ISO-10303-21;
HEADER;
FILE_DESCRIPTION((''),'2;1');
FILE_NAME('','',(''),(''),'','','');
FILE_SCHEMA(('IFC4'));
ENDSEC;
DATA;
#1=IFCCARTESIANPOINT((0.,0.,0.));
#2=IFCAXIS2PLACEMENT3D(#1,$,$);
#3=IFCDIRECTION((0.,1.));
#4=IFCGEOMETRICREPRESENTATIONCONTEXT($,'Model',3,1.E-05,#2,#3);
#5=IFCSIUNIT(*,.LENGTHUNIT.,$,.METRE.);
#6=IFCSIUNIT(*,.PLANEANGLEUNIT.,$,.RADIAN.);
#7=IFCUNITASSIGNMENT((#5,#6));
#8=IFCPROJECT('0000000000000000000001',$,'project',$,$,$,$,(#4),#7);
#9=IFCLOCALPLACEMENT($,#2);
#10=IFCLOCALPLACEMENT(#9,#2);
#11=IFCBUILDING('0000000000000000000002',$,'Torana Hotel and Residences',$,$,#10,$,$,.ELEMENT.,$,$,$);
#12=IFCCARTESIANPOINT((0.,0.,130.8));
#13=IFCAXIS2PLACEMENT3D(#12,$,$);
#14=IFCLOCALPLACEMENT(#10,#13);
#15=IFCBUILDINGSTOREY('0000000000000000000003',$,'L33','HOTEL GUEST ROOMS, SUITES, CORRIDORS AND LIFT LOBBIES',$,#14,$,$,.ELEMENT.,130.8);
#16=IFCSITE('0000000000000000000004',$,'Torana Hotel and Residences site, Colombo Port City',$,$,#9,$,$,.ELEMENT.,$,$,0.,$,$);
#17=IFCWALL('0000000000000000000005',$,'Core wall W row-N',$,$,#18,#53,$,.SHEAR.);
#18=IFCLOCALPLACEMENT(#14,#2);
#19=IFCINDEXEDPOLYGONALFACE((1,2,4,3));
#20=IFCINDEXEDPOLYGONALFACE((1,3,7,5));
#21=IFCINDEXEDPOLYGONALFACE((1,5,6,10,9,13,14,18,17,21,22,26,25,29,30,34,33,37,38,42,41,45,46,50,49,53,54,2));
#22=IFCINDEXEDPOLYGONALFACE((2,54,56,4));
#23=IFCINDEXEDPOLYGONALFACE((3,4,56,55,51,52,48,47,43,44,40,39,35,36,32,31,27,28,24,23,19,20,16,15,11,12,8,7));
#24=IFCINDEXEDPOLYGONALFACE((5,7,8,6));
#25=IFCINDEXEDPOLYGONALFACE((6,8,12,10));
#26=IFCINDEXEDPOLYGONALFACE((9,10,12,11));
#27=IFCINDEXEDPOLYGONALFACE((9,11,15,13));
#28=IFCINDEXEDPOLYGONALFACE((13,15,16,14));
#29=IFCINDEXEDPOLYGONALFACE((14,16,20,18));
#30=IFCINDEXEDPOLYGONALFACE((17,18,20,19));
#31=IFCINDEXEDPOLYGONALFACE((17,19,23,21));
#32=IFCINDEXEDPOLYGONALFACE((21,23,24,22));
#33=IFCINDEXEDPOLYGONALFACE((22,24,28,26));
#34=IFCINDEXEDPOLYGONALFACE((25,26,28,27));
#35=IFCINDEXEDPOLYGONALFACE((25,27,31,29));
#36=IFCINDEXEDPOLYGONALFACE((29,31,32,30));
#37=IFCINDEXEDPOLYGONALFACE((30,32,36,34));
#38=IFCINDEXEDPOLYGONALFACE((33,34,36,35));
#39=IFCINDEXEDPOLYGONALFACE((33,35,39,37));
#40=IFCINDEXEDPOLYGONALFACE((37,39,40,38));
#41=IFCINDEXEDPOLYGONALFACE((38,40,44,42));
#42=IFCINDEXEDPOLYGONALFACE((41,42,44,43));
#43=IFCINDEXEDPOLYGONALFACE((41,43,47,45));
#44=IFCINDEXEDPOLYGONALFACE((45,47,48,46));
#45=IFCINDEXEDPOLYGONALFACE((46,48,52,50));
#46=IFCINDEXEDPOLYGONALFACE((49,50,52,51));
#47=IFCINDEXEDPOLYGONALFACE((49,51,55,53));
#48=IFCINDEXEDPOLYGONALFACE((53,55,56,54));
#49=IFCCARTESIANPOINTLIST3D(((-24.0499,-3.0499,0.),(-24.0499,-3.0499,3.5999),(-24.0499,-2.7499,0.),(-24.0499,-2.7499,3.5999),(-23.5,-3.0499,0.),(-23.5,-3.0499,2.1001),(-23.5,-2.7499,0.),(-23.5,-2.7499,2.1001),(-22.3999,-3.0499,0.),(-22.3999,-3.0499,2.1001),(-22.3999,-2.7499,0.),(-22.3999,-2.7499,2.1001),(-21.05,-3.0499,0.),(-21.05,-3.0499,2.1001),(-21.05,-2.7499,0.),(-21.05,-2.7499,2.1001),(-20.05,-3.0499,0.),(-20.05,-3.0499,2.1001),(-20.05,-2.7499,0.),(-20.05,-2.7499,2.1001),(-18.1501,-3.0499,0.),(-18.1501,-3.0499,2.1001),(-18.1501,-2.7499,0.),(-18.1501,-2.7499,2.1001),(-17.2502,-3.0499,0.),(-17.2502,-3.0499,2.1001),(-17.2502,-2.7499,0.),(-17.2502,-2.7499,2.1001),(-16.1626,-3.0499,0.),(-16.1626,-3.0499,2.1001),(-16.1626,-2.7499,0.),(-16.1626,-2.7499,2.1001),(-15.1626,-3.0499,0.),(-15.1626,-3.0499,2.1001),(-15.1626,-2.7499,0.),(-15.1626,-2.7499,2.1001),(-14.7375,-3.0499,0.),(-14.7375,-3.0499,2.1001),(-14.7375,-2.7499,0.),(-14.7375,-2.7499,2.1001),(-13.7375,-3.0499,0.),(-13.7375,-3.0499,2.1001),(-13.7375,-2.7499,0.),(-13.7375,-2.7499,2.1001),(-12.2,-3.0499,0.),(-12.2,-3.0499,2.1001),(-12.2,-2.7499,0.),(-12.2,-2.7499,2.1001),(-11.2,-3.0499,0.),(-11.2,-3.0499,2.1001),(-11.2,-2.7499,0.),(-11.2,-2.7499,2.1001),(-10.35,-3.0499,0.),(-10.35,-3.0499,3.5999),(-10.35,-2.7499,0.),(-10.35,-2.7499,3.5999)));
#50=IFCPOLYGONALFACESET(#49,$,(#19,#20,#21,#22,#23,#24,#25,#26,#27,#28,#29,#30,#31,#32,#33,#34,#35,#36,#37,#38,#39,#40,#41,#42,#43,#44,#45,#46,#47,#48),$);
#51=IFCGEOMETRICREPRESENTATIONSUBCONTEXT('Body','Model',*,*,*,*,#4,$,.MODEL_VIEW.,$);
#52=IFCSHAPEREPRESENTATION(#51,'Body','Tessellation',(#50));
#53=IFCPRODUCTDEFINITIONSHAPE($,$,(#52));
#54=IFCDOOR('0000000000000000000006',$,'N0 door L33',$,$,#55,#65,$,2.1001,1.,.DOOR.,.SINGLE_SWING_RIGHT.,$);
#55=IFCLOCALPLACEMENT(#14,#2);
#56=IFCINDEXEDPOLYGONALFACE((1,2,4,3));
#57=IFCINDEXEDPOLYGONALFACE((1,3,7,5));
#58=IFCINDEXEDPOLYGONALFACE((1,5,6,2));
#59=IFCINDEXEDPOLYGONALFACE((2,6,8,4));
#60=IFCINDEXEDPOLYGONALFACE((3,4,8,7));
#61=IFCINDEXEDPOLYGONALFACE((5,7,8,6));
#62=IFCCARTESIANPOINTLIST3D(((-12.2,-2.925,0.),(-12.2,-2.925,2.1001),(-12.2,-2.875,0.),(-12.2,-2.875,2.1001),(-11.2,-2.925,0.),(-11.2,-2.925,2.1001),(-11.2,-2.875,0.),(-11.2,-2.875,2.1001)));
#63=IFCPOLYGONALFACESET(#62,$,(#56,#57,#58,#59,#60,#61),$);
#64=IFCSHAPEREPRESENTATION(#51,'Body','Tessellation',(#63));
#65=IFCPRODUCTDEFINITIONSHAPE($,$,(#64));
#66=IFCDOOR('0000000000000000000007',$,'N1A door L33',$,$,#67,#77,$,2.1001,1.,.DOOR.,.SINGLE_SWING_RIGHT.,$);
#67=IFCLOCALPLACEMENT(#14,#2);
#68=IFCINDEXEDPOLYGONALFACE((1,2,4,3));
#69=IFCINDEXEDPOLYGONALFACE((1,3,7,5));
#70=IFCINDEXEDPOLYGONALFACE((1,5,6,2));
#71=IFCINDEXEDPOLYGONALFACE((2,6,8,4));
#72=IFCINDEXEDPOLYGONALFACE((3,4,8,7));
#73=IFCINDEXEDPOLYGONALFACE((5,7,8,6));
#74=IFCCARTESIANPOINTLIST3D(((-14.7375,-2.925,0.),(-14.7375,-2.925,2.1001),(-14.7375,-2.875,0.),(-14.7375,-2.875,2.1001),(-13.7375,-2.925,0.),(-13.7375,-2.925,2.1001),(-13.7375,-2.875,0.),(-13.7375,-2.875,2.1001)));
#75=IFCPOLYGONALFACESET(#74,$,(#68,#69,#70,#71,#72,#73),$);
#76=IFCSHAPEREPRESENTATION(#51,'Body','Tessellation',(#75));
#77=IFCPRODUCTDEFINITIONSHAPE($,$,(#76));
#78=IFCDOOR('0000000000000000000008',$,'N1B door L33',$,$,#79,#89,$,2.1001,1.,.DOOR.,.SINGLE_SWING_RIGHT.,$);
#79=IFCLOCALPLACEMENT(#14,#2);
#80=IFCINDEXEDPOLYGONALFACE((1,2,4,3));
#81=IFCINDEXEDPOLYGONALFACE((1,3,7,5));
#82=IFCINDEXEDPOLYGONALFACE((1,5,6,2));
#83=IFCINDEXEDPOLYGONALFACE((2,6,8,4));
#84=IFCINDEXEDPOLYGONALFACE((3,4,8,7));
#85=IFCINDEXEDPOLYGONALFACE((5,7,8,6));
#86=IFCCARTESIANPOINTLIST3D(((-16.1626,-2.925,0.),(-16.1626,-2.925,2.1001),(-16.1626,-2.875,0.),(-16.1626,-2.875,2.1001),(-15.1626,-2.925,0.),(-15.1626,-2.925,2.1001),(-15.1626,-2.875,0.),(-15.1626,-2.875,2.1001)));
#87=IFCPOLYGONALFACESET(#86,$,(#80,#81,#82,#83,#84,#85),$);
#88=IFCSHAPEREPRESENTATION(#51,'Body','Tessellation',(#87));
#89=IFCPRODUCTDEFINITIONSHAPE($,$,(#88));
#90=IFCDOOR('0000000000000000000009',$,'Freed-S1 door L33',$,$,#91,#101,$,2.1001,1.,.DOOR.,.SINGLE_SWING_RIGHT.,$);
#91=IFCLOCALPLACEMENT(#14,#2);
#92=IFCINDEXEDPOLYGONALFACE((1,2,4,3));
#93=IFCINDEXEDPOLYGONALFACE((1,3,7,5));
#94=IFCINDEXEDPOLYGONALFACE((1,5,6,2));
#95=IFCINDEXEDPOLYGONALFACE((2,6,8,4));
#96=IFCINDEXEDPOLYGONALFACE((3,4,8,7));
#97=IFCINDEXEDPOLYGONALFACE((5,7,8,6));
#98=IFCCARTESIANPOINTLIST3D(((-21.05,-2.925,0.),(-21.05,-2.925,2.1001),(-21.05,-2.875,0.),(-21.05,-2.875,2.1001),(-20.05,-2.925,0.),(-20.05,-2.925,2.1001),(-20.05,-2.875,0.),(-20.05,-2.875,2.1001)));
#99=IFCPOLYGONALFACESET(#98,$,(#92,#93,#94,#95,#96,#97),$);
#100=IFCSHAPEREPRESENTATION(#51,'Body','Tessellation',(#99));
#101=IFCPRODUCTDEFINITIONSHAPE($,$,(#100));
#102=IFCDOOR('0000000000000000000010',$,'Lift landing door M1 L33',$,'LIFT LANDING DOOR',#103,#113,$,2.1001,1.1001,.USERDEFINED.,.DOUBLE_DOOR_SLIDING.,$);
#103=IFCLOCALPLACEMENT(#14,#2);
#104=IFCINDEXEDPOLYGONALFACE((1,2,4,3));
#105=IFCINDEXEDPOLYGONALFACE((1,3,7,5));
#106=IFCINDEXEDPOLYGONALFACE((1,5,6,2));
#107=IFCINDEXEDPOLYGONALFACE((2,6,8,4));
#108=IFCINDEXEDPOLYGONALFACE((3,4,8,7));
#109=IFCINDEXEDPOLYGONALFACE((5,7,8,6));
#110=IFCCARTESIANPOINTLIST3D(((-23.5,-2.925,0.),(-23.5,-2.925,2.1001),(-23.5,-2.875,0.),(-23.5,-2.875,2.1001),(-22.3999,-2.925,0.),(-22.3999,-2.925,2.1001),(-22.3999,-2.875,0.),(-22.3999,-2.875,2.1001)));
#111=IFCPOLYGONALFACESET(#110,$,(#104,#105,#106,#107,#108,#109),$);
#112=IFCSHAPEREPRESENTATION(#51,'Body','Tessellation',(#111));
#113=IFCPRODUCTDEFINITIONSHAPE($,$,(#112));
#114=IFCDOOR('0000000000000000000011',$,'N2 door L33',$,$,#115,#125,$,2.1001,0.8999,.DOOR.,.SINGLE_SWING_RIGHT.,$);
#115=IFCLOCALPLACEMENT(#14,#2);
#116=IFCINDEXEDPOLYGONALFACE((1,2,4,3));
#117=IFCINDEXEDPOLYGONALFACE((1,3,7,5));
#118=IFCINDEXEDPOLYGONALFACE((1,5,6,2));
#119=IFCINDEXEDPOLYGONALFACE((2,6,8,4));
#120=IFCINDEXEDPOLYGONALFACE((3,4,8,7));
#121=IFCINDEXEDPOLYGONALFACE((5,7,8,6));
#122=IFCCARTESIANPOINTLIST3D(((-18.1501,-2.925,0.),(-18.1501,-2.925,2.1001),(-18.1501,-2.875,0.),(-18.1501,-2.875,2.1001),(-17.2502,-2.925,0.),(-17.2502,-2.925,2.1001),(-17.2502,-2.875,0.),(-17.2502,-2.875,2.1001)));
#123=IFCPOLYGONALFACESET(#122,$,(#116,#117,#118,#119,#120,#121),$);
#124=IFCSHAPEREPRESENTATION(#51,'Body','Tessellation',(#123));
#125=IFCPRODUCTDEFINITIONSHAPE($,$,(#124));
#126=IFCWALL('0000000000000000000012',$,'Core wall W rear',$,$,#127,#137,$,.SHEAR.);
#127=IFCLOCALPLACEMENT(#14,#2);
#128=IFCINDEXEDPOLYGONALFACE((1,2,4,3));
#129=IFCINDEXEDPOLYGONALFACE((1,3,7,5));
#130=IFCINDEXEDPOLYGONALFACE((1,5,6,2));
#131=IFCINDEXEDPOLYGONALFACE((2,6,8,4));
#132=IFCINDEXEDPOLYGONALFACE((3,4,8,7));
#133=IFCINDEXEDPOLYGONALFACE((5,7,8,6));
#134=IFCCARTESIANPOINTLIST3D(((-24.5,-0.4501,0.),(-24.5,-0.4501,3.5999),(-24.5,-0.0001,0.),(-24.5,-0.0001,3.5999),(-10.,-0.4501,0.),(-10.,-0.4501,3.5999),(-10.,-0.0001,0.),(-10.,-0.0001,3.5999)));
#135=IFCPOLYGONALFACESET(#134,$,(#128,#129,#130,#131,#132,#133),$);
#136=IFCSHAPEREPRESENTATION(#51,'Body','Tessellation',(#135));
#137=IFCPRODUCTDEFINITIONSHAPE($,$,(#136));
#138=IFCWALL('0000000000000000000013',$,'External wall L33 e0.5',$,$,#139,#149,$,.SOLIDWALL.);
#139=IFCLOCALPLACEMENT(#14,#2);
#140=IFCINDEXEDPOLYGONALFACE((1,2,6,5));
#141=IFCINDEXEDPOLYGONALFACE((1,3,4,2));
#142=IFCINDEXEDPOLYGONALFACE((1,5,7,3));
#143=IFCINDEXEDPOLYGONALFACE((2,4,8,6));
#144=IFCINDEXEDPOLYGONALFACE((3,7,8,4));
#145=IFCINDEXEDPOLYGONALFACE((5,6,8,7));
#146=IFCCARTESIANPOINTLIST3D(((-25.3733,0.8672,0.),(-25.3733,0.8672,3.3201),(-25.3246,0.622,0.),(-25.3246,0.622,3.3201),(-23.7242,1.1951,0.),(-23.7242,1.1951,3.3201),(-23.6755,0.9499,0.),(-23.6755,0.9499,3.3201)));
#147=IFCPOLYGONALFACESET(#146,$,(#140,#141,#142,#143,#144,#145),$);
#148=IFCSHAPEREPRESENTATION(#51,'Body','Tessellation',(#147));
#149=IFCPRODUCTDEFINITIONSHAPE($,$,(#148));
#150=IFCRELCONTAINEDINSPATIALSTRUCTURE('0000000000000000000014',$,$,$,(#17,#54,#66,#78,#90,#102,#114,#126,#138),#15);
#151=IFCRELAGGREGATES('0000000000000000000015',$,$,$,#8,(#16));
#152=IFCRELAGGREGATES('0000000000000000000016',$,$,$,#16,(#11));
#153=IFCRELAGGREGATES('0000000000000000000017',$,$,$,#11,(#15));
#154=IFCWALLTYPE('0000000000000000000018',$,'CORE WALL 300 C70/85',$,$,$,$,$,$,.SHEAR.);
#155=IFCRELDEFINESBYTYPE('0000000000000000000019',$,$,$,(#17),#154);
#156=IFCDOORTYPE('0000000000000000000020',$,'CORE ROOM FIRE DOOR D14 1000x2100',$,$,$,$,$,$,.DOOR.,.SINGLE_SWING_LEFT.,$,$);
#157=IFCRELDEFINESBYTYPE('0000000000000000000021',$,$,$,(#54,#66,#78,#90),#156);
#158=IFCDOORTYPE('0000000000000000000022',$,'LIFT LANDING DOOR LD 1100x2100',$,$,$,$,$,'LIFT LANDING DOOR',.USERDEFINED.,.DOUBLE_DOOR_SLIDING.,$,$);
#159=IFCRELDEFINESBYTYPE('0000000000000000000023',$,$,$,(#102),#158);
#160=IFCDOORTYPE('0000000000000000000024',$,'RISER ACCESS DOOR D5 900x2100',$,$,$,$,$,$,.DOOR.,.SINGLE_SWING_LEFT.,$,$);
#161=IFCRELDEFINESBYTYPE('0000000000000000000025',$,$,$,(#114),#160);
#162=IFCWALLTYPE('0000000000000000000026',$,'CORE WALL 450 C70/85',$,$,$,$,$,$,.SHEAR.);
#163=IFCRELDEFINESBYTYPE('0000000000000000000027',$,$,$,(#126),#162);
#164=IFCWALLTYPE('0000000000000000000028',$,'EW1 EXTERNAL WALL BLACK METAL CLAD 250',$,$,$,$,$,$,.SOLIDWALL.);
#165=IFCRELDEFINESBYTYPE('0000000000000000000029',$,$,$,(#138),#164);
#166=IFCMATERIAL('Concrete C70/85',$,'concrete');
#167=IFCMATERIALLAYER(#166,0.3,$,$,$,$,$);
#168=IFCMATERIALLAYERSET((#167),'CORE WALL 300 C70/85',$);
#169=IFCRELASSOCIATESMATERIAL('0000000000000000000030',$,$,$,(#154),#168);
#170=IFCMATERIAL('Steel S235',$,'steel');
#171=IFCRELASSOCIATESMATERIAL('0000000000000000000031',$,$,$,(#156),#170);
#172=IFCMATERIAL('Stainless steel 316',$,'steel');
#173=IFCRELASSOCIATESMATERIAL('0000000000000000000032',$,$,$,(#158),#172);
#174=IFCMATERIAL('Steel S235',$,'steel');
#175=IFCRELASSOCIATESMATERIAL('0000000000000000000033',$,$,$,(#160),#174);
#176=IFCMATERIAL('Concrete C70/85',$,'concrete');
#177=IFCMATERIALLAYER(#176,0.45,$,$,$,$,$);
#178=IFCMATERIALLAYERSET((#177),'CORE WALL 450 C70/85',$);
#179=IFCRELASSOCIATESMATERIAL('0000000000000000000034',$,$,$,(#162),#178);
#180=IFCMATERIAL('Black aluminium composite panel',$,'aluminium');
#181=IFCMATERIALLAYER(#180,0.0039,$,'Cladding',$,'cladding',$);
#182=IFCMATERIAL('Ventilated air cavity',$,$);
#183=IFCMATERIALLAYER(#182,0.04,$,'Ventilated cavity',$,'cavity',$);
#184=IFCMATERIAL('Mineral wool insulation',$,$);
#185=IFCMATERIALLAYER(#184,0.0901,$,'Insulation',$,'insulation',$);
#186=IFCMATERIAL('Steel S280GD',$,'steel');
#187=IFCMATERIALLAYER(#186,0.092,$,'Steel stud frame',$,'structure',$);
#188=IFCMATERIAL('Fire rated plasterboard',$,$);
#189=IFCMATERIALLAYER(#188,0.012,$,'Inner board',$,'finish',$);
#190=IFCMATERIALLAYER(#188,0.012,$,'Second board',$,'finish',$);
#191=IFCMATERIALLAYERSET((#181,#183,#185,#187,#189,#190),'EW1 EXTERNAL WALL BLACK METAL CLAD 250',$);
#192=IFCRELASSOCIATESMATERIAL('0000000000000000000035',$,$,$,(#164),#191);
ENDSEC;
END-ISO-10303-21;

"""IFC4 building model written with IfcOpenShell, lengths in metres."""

from ifc_helpers import new_model, si_unit, direction, frame, frame_2d, origin, place, context, subcontext, project, spatial, rectangle, extrude, material, layer, layer_set, type_object, element, fill, save


model = new_model("IFC4")

# Units and contexts
model_context = context("Model", 3, precision=1e-05, world=origin(), true_north=direction((0.0, 1.0)))
body_context = subcontext(model_context, "Body", "Model", "MODEL_VIEW")
ifc_project = project(units=[si_unit("LENGTHUNIT", "METRE"), si_unit("PLANEANGLEUNIT", "RADIAN")], contexts=[model_context])

# Site, building, storey
site_placement = place(None, origin())
site = spatial("IfcSite", under=ifc_project, at=site_placement, Name="Torana Hotel and Residences site, Colombo Port City", CompositionType="ELEMENT", RefElevation=0.0)
building_placement = place(site_placement, origin())
building = spatial("IfcBuilding", under=site, at=building_placement, Name="Torana Hotel and Residences", CompositionType="ELEMENT")
storey_placement = place(building_placement, frame((0.0, 0.0, 130.8)))
storey = spatial("IfcBuildingStorey", under=building, at=storey_placement, Name="L33", Description="HOTEL GUEST ROOMS, SUITES, CORRIDORS AND LIFT LOBBIES", CompositionType="ELEMENT", Elevation=130.8)

# Wall, openings, doors
ifc_material_1 = material(Name="Concrete C70/85", Category="concrete")
ifc_layer_1 = layer(ifc_material_1, 0.3)
ifc_layer_set_1 = layer_set([ifc_layer_1], Name="CORE WALL 300 C70/85")
wall_type_1 = type_object("IfcWallType", Name="CORE WALL 300 C70/85", PredefinedType="SHEAR", material=ifc_layer_set_1)
wall_1_placement = place(storey_placement, frame((-24.05, -2.8999, 0.0), z_axis=(0.0, 0.0, 1.0), x_axis=(1.0, 0.0, 0.0)))
wall_1 = element("IfcWall", 1, at=wall_1_placement, inside=storey, type_object=wall_type_1, Name="Core wall W row-N", PredefinedType="SHEAR", context=body_context, shape_type="SweptSolid", body=[
    extrude(rectangle(XDim=13.7, YDim=0.3, at=frame_2d((6.8501, 0.0))), origin(), (0.0, 0.0, 1.0), 3.5999),
])
opening_1_placement = place(wall_1_placement, frame((0.55, 0.0, 0.0)))
opening_1 = element("IfcOpeningElement", 2, at=opening_1_placement, cuts=wall_1, PredefinedType="OPENING", context=body_context, shape_type="SweptSolid", body=[
    extrude(rectangle(XDim=1.1001, YDim=2.1001, at=frame_2d((0.55, 1.05))), frame((0.0, 0.1599, 0.0), z_axis=(0.0, -1.0, 0.0), x_axis=(1.0, 0.0, 0.0)), (0.0, 0.0, 1.0), 0.3201),
])
opening_2_placement = place(wall_1_placement, frame((5.8999, 0.0, 0.0)))
opening_2 = element("IfcOpeningElement", 3, at=opening_2_placement, cuts=wall_1, PredefinedType="OPENING", context=body_context, shape_type="SweptSolid", body=[
    extrude(rectangle(XDim=0.8999, YDim=2.1001, at=frame_2d((0.45, 1.05))), frame((0.0, 0.1599, 0.0), z_axis=(0.0, -1.0, 0.0), x_axis=(1.0, 0.0, 0.0)), (0.0, 0.0, 1.0), 0.3201),
])
opening_3_placement = place(wall_1_placement, frame((11.8501, 0.0, 0.0)))
opening_3 = element("IfcOpeningElement", 4, at=opening_3_placement, cuts=wall_1, PredefinedType="OPENING", context=body_context, shape_type="SweptSolid", body=[
    extrude(rectangle(XDim=1.0, YDim=2.1001, at=frame_2d((0.5, 1.05))), frame((0.0, 0.1599, 0.0), z_axis=(0.0, -1.0, 0.0), x_axis=(1.0, 0.0, 0.0)), (0.0, 0.0, 1.0), 0.3201),
])
opening_4_placement = place(wall_1_placement, frame((9.3125, 0.0, 0.0)))
opening_4 = element("IfcOpeningElement", 5, at=opening_4_placement, cuts=wall_1, PredefinedType="OPENING", context=body_context, shape_type="SweptSolid", body=[
    extrude(rectangle(XDim=1.0, YDim=2.1001, at=frame_2d((0.5, 1.05))), frame((0.0, 0.1599, 0.0), z_axis=(0.0, -1.0, 0.0), x_axis=(1.0, 0.0, 0.0)), (0.0, 0.0, 1.0), 0.3201),
])
opening_5_placement = place(wall_1_placement, frame((7.8875, 0.0, 0.0)))
opening_5 = element("IfcOpeningElement", 6, at=opening_5_placement, cuts=wall_1, PredefinedType="OPENING", context=body_context, shape_type="SweptSolid", body=[
    extrude(rectangle(XDim=1.0, YDim=2.1001, at=frame_2d((0.5, 1.05))), frame((0.0, 0.1599, 0.0), z_axis=(0.0, -1.0, 0.0), x_axis=(1.0, 0.0, 0.0)), (0.0, 0.0, 1.0), 0.3201),
])
opening_6_placement = place(wall_1_placement, frame((3.0, 0.0, 0.0)))
opening_6 = element("IfcOpeningElement", 7, at=opening_6_placement, cuts=wall_1, PredefinedType="OPENING", context=body_context, shape_type="SweptSolid", body=[
    extrude(rectangle(XDim=1.0, YDim=2.1001, at=frame_2d((0.5, 1.05))), frame((0.0, 0.1599, 0.0), z_axis=(0.0, -1.0, 0.0), x_axis=(1.0, 0.0, 0.0)), (0.0, 0.0, 1.0), 0.3201),
])
ifc_material_2 = material(Name="Steel S235", Category="steel")
door_type_1 = type_object("IfcDoorType", Name="CORE ROOM FIRE DOOR D14 1000x2100", OperationType="SINGLE_SWING_LEFT", PredefinedType="DOOR", material=ifc_material_2)
door_1_placement = place(opening_3_placement, origin())
door_1 = element("IfcDoor", 8, at=door_1_placement, inside=storey, type_object=door_type_1, Name="N0 door L33", OperationType="SINGLE_SWING_RIGHT", OverallHeight=2.1001, OverallWidth=1.0, PredefinedType="DOOR", context=body_context, shape_type="SweptSolid", body=[
    extrude(rectangle(XDim=1.0, YDim=2.1001, at=frame_2d((0.5, 1.05))), frame((0.0, 0.0249, 0.0), z_axis=(0.0, -1.0, 0.0), x_axis=(1.0, 0.0, 0.0)), (0.0, 0.0, 1.0), 0.05),
])
fill(opening_3, door_1)
door_2_placement = place(opening_4_placement, origin())
door_2 = element("IfcDoor", 9, at=door_2_placement, inside=storey, type_object=door_type_1, Name="N1A door L33", OperationType="SINGLE_SWING_RIGHT", OverallHeight=2.1001, OverallWidth=1.0, PredefinedType="DOOR", context=body_context, shape_type="SweptSolid", body=[
    extrude(rectangle(XDim=1.0, YDim=2.1001, at=frame_2d((0.5, 1.05))), frame((0.0, 0.0249, 0.0), z_axis=(0.0, -1.0, 0.0), x_axis=(1.0, 0.0, 0.0)), (0.0, 0.0, 1.0), 0.05),
])
fill(opening_4, door_2)
door_3_placement = place(opening_5_placement, origin())
door_3 = element("IfcDoor", 10, at=door_3_placement, inside=storey, type_object=door_type_1, Name="N1B door L33", OperationType="SINGLE_SWING_RIGHT", OverallHeight=2.1001, OverallWidth=1.0, PredefinedType="DOOR", context=body_context, shape_type="SweptSolid", body=[
    extrude(rectangle(XDim=1.0, YDim=2.1001, at=frame_2d((0.5, 1.05))), frame((0.0, 0.0249, 0.0), z_axis=(0.0, -1.0, 0.0), x_axis=(1.0, 0.0, 0.0)), (0.0, 0.0, 1.0), 0.05),
])
fill(opening_5, door_3)
door_4_placement = place(opening_6_placement, origin())
door_4 = element("IfcDoor", 11, at=door_4_placement, inside=storey, type_object=door_type_1, Name="Freed-S1 door L33", OperationType="SINGLE_SWING_RIGHT", OverallHeight=2.1001, OverallWidth=1.0, PredefinedType="DOOR", context=body_context, shape_type="SweptSolid", body=[
    extrude(rectangle(XDim=1.0, YDim=2.1001, at=frame_2d((0.5, 1.05))), frame((0.0, 0.0249, 0.0), z_axis=(0.0, -1.0, 0.0), x_axis=(1.0, 0.0, 0.0)), (0.0, 0.0, 1.0), 0.05),
])
fill(opening_6, door_4)
ifc_material_3 = material(Name="Stainless steel 316", Category="steel")
door_type_2 = type_object("IfcDoorType", Name="LIFT LANDING DOOR LD 1100x2100", ElementType="LIFT LANDING DOOR", OperationType="DOUBLE_DOOR_SLIDING", PredefinedType="USERDEFINED", material=ifc_material_3)
door_5_placement = place(opening_1_placement, origin())
door_5 = element("IfcDoor", 12, at=door_5_placement, inside=storey, type_object=door_type_2, Name="Lift landing door M1 L33", ObjectType="LIFT LANDING DOOR", OperationType="DOUBLE_DOOR_SLIDING", OverallHeight=2.1001, OverallWidth=1.1001, PredefinedType="USERDEFINED", context=body_context, shape_type="SweptSolid", body=[
    extrude(rectangle(XDim=1.1001, YDim=2.1001, at=frame_2d((0.55, 1.05))), frame((0.0, 0.0249, 0.0), z_axis=(0.0, -1.0, 0.0), x_axis=(1.0, 0.0, 0.0)), (0.0, 0.0, 1.0), 0.05),
])
fill(opening_1, door_5)
ifc_material_4 = material(Name="Steel S235", Category="steel")
door_type_3 = type_object("IfcDoorType", Name="RISER ACCESS DOOR D5 900x2100", OperationType="SINGLE_SWING_LEFT", PredefinedType="DOOR", material=ifc_material_4)
door_6_placement = place(opening_2_placement, origin())
door_6 = element("IfcDoor", 13, at=door_6_placement, inside=storey, type_object=door_type_3, Name="N2 door L33", OperationType="SINGLE_SWING_RIGHT", OverallHeight=2.1001, OverallWidth=0.8999, PredefinedType="DOOR", context=body_context, shape_type="SweptSolid", body=[
    extrude(rectangle(XDim=0.8999, YDim=2.1001, at=frame_2d((0.45, 1.05))), frame((0.0, 0.0249, 0.0), z_axis=(0.0, -1.0, 0.0), x_axis=(1.0, 0.0, 0.0)), (0.0, 0.0, 1.0), 0.05),
])
fill(opening_2, door_6)

# Walls
ifc_material_5 = material(Name="Concrete C70/85", Category="concrete")
ifc_layer_2 = layer(ifc_material_5, 0.45)
ifc_layer_set_2 = layer_set([ifc_layer_2], Name="CORE WALL 450 C70/85")
wall_type_2 = type_object("IfcWallType", Name="CORE WALL 450 C70/85", PredefinedType="SHEAR", material=ifc_layer_set_2)
wall_2_placement = place(storey_placement, frame((-24.5, -0.2251, 0.0), z_axis=(0.0, 0.0, 1.0), x_axis=(1.0, 0.0, 0.0)))
element("IfcWall", 14, at=wall_2_placement, inside=storey, type_object=wall_type_2, Name="Core wall W rear", PredefinedType="SHEAR", context=body_context, shape_type="SweptSolid", body=[
    extrude(rectangle(XDim=14.5, YDim=0.45, at=frame_2d((7.25, 0.0))), origin(), (0.0, 0.0, 1.0), 3.5999),
])
ifc_material_6 = material(Name="Black aluminium composite panel", Category="aluminium")
ifc_layer_3 = layer(ifc_material_6, 0.0039, Name="Cladding", Category="cladding")
ifc_material_7 = material(Name="Ventilated air cavity")
ifc_layer_4 = layer(ifc_material_7, 0.04, Name="Ventilated cavity", Category="cavity")
ifc_material_8 = material(Name="Mineral wool insulation")
ifc_layer_5 = layer(ifc_material_8, 0.0901, Name="Insulation", Category="insulation")
ifc_material_9 = material(Name="Steel S280GD", Category="steel")
ifc_layer_6 = layer(ifc_material_9, 0.092, Name="Steel stud frame", Category="structure")
ifc_material_10 = material(Name="Fire rated plasterboard")
ifc_layer_7 = layer(ifc_material_10, 0.012, Name="Inner board", Category="finish")
ifc_layer_8 = layer(ifc_material_10, 0.012, Name="Second board", Category="finish")
ifc_layer_set_3 = layer_set([ifc_layer_3, ifc_layer_4, ifc_layer_5, ifc_layer_6, ifc_layer_7, ifc_layer_8], Name="EW1 EXTERNAL WALL BLACK METAL CLAD 250")
wall_type_3 = type_object("IfcWallType", Name="EW1 EXTERNAL WALL BLACK METAL CLAD 250", PredefinedType="SOLIDWALL", material=ifc_layer_set_3)
wall_3_placement = place(storey_placement, frame((-23.6997, 1.0725, 0.0), z_axis=(0.0, 0.0, 1.0), x_axis=(-0.980803, -0.194999, 0.0)))
element("IfcWall", 15, at=wall_3_placement, inside=storey, type_object=wall_type_3, Name="External wall L33 e0.5", PredefinedType="SOLIDWALL", context=body_context, shape_type="SweptSolid", body=[
    extrude(rectangle(XDim=1.6814, YDim=0.25, at=frame_2d((0.8408, 0.0))), origin(), (0.0, 0.0, 1.0), 3.3201),
])

save(model, "model.ifc")
